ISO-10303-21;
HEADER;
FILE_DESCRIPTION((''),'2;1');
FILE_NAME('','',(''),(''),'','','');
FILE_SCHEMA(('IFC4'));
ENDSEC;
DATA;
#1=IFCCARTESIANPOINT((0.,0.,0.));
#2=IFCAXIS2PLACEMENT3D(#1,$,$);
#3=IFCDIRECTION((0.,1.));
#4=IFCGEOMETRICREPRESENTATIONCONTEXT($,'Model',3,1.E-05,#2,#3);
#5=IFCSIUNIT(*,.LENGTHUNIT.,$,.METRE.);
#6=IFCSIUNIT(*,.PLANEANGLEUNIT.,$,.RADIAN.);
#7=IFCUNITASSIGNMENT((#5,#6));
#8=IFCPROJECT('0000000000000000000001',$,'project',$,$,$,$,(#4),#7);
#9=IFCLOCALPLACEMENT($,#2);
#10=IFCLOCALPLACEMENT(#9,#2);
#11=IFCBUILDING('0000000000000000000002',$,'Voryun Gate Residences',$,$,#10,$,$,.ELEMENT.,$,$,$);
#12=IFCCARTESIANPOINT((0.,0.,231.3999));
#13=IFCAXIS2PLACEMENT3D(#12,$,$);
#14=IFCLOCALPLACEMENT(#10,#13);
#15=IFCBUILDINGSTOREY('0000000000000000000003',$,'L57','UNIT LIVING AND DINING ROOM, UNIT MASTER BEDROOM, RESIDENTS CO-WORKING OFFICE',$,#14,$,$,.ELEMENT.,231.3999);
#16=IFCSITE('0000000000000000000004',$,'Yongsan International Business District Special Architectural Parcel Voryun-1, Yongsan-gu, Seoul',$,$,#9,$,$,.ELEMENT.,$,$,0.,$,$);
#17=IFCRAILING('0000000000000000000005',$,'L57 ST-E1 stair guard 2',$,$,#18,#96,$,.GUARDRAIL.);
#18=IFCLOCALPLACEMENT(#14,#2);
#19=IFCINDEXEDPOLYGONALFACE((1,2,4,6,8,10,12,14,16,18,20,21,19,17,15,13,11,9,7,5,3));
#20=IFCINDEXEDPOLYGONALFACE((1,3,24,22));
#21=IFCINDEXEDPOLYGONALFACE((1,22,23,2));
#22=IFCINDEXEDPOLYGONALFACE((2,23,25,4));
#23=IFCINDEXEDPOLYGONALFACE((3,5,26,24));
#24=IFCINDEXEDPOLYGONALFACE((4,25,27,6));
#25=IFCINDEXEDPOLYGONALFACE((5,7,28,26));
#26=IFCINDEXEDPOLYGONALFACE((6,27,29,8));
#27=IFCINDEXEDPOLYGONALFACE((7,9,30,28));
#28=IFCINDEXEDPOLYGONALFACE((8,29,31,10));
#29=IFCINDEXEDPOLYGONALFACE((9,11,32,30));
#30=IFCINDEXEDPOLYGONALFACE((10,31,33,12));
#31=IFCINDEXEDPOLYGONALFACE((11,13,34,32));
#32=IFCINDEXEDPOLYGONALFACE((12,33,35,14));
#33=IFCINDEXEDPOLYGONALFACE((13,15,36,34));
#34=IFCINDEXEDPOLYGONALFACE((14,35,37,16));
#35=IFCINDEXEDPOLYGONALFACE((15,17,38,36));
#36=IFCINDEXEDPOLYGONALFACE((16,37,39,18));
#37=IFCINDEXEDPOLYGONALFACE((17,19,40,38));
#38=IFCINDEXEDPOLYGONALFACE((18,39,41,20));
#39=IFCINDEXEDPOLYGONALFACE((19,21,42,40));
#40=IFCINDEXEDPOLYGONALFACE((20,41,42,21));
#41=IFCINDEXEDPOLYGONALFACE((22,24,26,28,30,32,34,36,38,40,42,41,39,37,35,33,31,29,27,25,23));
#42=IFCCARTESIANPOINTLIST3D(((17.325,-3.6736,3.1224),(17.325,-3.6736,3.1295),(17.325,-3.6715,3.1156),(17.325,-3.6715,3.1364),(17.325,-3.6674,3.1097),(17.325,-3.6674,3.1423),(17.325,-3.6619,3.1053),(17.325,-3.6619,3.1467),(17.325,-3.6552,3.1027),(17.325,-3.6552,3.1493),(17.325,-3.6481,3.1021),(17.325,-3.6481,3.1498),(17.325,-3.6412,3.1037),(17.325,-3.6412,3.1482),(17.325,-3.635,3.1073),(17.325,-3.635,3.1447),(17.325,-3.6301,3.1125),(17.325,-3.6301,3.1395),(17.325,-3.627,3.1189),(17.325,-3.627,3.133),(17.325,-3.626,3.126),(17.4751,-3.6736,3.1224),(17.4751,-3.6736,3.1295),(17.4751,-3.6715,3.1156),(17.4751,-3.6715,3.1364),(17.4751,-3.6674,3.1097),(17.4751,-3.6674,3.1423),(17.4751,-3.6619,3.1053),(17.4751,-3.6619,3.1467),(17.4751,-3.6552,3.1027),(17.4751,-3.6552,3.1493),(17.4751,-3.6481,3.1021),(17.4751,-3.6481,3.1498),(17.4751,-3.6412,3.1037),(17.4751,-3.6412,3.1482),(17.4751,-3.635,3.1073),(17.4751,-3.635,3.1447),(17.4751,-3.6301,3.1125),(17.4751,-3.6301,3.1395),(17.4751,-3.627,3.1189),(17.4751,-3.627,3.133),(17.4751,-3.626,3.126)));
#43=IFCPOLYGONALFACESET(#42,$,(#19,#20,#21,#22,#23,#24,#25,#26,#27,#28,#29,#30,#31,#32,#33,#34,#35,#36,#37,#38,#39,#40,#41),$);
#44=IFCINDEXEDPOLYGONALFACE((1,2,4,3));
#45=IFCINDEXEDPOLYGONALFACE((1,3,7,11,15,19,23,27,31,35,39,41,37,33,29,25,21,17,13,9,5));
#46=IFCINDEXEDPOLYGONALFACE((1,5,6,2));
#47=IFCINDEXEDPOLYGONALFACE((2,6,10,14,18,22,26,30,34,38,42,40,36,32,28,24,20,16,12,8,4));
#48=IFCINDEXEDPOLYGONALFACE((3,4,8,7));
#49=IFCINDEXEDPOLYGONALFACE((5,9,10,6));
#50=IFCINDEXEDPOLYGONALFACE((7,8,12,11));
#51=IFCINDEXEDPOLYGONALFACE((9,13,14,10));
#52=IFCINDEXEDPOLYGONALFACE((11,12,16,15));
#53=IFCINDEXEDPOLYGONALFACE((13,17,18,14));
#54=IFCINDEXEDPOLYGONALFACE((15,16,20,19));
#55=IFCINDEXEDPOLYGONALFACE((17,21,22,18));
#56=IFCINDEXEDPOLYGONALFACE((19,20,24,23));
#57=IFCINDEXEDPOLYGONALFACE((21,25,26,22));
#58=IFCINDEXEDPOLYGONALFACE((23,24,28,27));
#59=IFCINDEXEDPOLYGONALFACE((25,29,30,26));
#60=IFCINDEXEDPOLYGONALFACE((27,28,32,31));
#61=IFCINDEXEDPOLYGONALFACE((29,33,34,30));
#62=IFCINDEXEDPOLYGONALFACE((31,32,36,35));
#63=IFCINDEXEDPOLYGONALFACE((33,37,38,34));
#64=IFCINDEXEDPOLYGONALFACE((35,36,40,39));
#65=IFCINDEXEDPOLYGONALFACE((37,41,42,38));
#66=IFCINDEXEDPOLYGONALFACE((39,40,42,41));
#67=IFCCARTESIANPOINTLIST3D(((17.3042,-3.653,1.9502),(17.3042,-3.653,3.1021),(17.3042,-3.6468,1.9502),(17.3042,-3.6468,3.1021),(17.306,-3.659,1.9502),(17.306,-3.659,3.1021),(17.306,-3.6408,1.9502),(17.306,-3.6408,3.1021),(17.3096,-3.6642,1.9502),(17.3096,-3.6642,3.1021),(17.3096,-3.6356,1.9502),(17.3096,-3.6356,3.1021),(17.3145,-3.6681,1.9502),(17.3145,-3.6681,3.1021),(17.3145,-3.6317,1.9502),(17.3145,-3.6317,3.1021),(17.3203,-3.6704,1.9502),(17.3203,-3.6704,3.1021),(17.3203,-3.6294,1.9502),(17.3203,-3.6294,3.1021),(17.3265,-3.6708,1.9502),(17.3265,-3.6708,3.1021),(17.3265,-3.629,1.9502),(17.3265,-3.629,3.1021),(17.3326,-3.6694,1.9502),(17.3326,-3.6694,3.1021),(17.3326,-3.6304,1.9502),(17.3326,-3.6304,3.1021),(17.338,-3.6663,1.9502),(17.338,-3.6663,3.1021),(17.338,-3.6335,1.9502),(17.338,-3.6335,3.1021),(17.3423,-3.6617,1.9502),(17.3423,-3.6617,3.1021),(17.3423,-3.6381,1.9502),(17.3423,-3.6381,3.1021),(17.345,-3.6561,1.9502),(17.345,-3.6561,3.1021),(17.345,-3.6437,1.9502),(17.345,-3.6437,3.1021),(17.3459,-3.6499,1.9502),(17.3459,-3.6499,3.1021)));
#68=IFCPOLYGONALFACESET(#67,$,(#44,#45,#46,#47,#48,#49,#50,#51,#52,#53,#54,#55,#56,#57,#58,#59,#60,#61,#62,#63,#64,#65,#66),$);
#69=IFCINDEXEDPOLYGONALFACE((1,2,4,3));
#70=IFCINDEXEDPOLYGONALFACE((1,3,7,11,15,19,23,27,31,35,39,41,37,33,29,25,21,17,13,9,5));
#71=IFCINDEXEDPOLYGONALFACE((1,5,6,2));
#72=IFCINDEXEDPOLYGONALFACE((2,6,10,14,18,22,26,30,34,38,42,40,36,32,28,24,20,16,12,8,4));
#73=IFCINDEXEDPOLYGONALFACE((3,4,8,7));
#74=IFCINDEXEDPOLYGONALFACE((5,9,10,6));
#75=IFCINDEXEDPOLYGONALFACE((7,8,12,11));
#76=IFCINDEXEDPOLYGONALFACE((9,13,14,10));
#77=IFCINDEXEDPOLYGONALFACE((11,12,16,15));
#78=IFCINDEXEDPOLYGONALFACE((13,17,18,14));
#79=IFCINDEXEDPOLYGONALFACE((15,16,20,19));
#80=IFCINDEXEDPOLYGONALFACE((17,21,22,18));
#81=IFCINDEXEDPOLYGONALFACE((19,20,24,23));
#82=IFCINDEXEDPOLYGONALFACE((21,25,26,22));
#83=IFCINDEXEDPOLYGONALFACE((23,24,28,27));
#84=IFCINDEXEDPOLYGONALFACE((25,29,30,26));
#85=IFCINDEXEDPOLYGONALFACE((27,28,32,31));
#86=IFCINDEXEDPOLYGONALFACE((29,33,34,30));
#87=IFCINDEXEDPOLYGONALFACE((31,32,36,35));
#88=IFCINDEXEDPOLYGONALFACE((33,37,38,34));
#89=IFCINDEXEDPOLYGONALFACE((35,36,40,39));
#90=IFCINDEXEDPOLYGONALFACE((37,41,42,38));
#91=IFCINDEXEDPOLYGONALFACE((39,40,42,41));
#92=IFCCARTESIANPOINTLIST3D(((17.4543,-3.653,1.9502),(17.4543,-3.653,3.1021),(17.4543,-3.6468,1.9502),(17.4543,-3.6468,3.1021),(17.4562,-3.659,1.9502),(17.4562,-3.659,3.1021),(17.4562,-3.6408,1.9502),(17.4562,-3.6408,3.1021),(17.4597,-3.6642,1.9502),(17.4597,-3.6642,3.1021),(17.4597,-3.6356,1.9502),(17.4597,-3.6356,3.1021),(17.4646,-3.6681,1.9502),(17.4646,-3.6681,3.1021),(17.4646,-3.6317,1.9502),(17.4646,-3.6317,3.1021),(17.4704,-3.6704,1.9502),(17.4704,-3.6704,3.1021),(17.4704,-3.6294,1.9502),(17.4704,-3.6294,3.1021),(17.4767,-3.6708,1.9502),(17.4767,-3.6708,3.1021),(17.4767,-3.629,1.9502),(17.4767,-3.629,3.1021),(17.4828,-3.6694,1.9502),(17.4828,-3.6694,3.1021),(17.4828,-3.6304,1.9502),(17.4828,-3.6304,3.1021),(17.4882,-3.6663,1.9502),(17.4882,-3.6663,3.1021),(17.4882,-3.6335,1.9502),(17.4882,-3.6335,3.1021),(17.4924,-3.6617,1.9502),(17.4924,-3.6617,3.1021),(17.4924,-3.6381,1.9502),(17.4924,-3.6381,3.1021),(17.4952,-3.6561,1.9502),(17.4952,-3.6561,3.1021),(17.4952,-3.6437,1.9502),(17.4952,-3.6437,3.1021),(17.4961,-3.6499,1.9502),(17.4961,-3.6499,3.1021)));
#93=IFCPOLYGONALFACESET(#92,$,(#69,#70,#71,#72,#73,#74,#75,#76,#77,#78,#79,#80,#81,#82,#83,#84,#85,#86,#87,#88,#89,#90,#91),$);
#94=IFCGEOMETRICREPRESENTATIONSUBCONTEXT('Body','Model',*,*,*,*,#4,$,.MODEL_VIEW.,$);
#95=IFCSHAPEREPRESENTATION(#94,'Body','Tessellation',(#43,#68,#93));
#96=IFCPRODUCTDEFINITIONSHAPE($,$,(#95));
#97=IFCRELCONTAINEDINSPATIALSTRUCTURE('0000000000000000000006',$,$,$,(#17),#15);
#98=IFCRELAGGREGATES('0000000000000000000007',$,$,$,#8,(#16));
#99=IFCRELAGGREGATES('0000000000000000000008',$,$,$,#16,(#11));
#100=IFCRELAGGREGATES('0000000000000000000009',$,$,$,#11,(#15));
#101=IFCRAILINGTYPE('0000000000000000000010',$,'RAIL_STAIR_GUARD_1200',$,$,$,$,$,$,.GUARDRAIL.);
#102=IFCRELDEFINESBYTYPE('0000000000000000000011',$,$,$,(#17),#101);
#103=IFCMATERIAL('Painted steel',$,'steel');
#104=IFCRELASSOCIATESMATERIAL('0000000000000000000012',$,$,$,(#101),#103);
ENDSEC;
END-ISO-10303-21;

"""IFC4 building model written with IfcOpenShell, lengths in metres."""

from ifc_helpers import new_model, si_unit, direction, frame, origin, origin_2d, place, context, subcontext, project, spatial, circle, extrude, material, type_object, element, save


model = new_model("IFC4")

# Units and contexts
model_context = context("Model", 3, precision=1e-05, world=origin(), true_north=direction((0.0, 1.0)))
body_context = subcontext(model_context, "Body", "Model", "MODEL_VIEW")
ifc_project = project(units=[si_unit("LENGTHUNIT", "METRE"), si_unit("PLANEANGLEUNIT", "RADIAN")], contexts=[model_context])

# Site, building, storey
site_placement = place(None, origin())
site = spatial("IfcSite", under=ifc_project, at=site_placement, Name="Yongsan International Business District Special Architectural Parcel Voryun-1, Yongsan-gu, Seoul", CompositionType="ELEMENT", RefElevation=0.0)
building_placement = place(site_placement, origin())
building = spatial("IfcBuilding", under=site, at=building_placement, Name="Voryun Gate Residences", CompositionType="ELEMENT")
storey_placement = place(building_placement, frame((0.0, 0.0, 231.3999)))
storey = spatial("IfcBuildingStorey", under=building, at=storey_placement, Name="L57", Description="UNIT LIVING AND DINING ROOM, UNIT MASTER BEDROOM, RESIDENTS CO-WORKING OFFICE", CompositionType="ELEMENT", Elevation=231.3999)

# Railing
ifc_material_1 = material(Name="Painted steel", Category="steel")
railing_type_1 = type_object("IfcRailingType", Name="RAIL_STAIR_GUARD_1200", PredefinedType="GUARDRAIL", material=ifc_material_1)
railing_1_placement = place(storey_placement, frame((17.325, -3.6499, 1.9502)))
element("IfcRailing", 1, at=railing_1_placement, inside=storey, type_object=railing_type_1, Name="L57 ST-E1 stair guard 2", PredefinedType="GUARDRAIL", context=body_context, shape_type="SweptSolid", body=[
    extrude(circle(Radius=0.0239, at=origin_2d()), frame((0.0, 0.0, 1.1758), z_axis=(1.0, 0.0, 0.0), x_axis=(0.0, 1.0, 0.0)), (0.0, 0.0, 1.0), 0.1501),
    extrude(circle(Radius=0.021, at=origin_2d()), origin(), (0.0, 0.0, 1.0), 1.1519),
    extrude(circle(Radius=0.021, at=origin_2d()), frame((0.1501, 0.0, 0.0)), (0.0, 0.0, 1.0), 1.1519),
])

save(model, "model.ifc")
